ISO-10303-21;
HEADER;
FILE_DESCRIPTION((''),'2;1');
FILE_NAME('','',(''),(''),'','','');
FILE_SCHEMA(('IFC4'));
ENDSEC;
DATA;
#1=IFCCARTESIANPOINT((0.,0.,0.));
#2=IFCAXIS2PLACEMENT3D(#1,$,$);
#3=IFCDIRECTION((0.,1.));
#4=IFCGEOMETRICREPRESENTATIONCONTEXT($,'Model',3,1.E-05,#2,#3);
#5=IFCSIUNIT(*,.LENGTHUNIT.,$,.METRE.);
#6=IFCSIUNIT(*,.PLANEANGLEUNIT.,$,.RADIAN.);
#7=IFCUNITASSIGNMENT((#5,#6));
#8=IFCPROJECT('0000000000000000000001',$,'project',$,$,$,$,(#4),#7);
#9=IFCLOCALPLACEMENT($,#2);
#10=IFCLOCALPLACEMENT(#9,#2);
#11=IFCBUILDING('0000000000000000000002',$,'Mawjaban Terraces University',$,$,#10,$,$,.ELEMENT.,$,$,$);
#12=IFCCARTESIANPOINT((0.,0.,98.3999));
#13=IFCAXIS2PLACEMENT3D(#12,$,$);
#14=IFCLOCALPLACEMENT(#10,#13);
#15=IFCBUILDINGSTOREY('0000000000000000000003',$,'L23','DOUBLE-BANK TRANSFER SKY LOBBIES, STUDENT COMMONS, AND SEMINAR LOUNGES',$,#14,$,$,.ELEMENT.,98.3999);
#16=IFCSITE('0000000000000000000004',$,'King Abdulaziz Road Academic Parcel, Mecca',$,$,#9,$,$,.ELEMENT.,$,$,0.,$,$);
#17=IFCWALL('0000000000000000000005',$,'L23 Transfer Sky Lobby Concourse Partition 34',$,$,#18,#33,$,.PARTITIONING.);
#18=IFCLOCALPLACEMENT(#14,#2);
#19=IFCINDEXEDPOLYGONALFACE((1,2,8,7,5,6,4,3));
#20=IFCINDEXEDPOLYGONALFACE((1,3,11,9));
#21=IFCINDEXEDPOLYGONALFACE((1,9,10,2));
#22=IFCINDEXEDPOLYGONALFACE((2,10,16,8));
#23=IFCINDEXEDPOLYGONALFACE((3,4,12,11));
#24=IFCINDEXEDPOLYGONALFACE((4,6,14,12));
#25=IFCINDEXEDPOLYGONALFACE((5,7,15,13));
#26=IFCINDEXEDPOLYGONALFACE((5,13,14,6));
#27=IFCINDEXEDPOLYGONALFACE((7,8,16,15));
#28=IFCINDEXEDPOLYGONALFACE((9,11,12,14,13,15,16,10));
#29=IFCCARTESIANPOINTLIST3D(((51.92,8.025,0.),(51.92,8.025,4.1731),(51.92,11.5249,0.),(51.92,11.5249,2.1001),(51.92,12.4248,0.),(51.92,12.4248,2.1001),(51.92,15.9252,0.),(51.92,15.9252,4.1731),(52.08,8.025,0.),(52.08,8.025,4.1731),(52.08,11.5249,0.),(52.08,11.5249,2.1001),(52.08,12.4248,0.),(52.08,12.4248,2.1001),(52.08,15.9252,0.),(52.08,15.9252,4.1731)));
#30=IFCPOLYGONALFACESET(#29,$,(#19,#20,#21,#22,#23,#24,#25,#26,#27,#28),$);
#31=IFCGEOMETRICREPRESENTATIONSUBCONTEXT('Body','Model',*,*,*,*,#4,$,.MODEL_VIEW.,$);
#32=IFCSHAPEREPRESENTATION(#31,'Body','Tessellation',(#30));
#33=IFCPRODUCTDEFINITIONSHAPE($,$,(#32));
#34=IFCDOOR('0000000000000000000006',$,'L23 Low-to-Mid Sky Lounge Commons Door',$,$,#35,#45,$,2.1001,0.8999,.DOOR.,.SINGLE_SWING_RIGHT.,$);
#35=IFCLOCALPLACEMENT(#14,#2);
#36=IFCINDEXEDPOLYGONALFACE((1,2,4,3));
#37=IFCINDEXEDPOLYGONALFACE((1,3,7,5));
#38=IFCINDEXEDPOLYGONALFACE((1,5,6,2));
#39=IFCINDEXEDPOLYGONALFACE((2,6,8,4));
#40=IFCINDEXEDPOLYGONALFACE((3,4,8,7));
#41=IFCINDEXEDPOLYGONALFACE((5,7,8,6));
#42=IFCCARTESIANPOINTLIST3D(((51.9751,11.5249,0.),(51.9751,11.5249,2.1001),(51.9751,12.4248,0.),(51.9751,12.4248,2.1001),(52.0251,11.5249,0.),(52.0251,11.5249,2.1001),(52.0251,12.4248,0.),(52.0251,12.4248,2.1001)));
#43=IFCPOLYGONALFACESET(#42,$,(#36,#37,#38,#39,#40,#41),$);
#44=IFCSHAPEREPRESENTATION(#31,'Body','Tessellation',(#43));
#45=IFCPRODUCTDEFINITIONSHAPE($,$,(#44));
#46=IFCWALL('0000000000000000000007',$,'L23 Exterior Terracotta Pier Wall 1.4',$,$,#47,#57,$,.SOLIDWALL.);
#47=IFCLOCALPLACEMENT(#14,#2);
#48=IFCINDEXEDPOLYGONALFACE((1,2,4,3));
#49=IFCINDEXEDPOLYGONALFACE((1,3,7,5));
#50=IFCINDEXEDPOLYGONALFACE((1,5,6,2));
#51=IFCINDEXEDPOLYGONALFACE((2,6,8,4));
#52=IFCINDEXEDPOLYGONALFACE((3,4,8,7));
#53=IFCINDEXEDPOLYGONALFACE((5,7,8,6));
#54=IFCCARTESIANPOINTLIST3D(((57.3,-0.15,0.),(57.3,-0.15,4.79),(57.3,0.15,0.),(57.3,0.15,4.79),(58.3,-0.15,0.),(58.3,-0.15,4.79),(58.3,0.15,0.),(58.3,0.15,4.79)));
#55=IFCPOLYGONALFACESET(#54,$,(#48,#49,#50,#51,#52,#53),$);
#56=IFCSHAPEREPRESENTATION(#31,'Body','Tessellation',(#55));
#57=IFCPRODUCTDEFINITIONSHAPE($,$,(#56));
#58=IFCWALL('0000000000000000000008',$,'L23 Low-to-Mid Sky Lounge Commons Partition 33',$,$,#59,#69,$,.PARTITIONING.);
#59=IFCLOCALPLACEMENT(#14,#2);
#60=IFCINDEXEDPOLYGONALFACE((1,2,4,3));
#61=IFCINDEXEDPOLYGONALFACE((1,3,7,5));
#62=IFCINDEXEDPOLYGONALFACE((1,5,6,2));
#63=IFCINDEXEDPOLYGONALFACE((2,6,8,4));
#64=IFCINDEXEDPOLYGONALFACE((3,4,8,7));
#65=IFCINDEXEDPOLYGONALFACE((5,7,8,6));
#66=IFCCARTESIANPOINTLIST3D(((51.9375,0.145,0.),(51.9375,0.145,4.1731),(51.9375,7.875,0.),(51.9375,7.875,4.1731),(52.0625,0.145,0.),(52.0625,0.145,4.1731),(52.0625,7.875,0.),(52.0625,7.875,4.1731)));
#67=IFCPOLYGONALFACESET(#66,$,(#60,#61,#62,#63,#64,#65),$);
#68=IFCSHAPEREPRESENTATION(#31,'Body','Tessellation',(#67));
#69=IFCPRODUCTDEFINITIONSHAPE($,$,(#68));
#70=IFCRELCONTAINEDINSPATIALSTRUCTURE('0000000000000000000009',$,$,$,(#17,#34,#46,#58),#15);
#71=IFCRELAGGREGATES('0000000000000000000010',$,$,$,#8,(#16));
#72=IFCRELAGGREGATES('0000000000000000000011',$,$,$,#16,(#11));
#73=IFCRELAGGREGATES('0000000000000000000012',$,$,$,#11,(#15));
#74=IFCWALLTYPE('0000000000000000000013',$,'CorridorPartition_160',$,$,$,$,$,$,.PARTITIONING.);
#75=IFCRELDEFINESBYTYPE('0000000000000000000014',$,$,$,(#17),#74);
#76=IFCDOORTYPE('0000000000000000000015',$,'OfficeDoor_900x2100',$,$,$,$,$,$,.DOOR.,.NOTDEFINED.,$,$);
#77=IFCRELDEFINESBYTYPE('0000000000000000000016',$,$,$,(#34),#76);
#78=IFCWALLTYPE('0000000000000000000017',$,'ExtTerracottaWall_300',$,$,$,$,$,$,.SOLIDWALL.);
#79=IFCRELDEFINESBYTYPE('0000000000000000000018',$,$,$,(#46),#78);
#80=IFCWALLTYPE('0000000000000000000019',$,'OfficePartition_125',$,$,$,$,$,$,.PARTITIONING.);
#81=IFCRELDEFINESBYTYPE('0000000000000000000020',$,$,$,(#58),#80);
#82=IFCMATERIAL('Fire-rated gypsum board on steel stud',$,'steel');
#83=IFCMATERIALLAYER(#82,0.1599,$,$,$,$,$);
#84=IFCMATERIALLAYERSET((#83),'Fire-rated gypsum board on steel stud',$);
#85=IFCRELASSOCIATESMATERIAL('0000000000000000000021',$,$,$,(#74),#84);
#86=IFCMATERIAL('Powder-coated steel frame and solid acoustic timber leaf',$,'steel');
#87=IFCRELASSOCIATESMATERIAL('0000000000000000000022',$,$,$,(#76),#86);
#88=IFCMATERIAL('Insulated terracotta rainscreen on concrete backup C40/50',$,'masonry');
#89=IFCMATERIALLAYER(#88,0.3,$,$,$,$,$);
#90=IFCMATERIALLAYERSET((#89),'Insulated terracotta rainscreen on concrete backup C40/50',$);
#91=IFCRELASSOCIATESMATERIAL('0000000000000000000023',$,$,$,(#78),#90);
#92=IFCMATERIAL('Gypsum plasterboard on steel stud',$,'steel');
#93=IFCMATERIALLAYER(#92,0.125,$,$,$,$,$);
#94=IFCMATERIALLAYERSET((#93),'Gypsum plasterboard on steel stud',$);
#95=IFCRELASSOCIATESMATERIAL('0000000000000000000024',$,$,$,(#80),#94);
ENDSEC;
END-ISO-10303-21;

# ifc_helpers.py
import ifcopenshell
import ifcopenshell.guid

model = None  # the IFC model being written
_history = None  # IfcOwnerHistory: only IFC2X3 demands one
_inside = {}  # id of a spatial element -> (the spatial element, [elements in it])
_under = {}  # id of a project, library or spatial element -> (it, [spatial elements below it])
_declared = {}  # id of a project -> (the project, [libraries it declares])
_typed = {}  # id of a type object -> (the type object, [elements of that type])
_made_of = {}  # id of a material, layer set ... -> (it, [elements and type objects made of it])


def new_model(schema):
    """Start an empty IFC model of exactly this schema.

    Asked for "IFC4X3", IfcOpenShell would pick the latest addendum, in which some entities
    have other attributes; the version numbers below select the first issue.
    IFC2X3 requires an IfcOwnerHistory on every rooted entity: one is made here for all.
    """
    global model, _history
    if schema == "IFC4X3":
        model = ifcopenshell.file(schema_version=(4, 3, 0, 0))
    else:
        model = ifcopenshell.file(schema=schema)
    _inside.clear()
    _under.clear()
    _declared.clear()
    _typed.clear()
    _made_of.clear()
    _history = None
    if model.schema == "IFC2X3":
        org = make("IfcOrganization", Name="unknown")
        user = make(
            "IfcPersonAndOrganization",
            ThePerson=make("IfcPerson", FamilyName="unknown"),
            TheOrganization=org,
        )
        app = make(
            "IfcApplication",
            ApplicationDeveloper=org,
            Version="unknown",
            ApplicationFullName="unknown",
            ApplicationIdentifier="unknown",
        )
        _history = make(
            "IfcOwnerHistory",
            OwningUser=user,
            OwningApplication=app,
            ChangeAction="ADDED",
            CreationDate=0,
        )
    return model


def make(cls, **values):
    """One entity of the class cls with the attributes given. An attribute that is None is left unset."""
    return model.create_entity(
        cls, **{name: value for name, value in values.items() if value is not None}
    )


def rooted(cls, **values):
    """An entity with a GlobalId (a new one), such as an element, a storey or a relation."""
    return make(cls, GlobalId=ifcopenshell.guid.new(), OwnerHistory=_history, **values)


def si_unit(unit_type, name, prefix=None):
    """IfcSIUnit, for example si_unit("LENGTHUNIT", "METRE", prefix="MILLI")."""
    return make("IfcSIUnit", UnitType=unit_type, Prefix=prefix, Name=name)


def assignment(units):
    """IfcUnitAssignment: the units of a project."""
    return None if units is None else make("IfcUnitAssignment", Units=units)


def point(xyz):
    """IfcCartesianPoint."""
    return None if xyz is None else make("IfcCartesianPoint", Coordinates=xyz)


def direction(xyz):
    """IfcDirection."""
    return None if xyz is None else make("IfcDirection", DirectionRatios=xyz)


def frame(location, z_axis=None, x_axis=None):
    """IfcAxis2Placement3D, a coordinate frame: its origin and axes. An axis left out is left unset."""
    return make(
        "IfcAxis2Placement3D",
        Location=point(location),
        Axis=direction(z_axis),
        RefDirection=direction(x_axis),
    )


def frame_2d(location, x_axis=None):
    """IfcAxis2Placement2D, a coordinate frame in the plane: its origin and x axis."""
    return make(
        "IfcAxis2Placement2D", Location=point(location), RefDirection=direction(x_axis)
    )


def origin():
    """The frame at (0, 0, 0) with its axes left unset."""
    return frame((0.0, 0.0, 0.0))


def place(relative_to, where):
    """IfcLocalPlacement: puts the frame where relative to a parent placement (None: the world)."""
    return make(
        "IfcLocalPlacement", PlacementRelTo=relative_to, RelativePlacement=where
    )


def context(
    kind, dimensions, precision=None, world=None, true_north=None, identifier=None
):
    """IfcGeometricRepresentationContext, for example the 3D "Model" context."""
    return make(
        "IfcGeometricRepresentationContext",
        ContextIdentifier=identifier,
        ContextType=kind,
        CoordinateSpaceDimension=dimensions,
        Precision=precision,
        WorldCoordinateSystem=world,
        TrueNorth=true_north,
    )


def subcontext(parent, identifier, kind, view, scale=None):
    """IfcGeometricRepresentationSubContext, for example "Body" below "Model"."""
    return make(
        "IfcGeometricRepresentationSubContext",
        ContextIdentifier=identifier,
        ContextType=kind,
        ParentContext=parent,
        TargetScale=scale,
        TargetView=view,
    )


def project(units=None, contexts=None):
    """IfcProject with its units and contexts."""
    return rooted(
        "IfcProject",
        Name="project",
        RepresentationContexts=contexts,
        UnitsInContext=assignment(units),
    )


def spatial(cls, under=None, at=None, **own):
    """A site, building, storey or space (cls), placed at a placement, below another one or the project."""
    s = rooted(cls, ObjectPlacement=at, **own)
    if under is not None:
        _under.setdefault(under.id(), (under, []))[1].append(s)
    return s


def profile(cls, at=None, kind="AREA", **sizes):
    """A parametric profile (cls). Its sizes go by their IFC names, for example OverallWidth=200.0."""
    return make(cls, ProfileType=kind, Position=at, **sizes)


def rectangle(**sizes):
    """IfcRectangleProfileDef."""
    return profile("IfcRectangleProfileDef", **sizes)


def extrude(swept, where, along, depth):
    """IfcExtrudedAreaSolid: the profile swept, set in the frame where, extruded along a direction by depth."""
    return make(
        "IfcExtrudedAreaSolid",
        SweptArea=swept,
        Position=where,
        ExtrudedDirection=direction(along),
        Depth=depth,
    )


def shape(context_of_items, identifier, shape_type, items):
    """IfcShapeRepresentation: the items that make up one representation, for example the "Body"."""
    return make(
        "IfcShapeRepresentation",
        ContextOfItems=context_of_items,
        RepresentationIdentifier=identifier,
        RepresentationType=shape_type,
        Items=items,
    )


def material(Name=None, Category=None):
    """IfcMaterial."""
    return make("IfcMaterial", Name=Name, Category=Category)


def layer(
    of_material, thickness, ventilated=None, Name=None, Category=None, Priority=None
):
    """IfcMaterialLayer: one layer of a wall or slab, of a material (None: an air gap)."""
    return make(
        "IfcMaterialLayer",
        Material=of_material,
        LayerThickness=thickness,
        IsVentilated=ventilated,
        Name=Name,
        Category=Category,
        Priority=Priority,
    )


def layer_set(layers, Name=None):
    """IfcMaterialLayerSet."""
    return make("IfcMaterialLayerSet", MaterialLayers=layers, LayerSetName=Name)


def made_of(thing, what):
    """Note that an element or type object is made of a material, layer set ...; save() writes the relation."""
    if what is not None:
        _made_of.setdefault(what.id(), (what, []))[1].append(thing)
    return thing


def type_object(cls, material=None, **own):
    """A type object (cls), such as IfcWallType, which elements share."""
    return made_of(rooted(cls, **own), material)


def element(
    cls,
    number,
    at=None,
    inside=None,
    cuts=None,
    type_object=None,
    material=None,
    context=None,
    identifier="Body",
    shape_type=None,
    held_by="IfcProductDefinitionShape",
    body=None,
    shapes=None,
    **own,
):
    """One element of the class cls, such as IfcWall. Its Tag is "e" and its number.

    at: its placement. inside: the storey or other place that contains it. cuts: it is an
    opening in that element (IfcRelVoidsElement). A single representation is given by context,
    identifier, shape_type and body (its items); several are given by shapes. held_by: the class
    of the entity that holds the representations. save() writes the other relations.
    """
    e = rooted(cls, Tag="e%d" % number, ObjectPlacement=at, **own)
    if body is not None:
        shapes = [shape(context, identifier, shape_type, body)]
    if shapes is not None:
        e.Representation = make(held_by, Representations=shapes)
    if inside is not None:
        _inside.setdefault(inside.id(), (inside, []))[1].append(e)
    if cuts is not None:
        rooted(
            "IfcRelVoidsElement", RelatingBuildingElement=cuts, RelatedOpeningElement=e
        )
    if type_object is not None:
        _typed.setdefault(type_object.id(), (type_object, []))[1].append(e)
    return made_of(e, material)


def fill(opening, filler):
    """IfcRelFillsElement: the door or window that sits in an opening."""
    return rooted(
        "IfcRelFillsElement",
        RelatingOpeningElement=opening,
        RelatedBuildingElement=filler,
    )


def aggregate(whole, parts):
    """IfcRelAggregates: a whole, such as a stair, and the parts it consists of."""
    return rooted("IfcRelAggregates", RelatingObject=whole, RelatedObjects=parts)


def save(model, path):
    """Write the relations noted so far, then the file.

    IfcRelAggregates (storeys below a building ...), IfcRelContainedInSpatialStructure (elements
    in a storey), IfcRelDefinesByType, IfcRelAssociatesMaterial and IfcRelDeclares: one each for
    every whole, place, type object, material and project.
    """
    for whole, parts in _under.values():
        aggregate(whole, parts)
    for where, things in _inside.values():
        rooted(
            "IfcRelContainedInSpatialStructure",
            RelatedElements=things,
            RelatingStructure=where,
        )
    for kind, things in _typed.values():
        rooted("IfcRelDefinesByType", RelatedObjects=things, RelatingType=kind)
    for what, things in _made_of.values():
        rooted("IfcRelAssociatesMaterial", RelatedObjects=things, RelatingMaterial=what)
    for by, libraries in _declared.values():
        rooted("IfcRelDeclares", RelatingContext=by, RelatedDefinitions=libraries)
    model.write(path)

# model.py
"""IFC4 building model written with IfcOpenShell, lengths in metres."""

from ifc_helpers import new_model, si_unit, direction, frame, frame_2d, origin, place, context, subcontext, project, spatial, rectangle, extrude, material, layer, layer_set, type_object, element, fill, save


model = new_model("IFC4")

# Units and contexts
model_context = context("Model", 3, precision=1e-05, world=origin(), true_north=direction((0.0, 1.0)))
body_context = subcontext(model_context, "Body", "Model", "MODEL_VIEW")
ifc_project = project(units=[si_unit("LENGTHUNIT", "METRE"), si_unit("PLANEANGLEUNIT", "RADIAN")], contexts=[model_context])

# Site, building, storey
site_placement = place(None, origin())
site = spatial("IfcSite", under=ifc_project, at=site_placement, Name="King Abdulaziz Road Academic Parcel, Mecca", CompositionType="ELEMENT", RefElevation=0.0)
building_placement = place(site_placement, origin())
building = spatial("IfcBuilding", under=site, at=building_placement, Name="Mawjaban Terraces University", CompositionType="ELEMENT")
storey_placement = place(building_placement, frame((0.0, 0.0, 98.3999)))
storey = spatial("IfcBuildingStorey", under=building, at=storey_placement, Name="L23", Description="DOUBLE-BANK TRANSFER SKY LOBBIES, STUDENT COMMONS, AND SEMINAR LOUNGES", CompositionType="ELEMENT", Elevation=98.3999)

# Wall, opening, door
ifc_material_1 = material(Name="Fire-rated gypsum board on steel stud", Category="steel")
ifc_layer_1 = layer(ifc_material_1, 0.1599)
ifc_layer_set_1 = layer_set([ifc_layer_1], Name="Fire-rated gypsum board on steel stud")
wall_type_1 = type_object("IfcWallType", Name="CorridorPartition_160", PredefinedType="PARTITIONING", material=ifc_layer_set_1)
wall_1_placement = place(storey_placement, frame((52.0, 8.0249, 0.0), z_axis=(0.0, 0.0, 1.0), x_axis=(0.0, 1.0, 0.0)))
wall_1 = element("IfcWall", 1, at=wall_1_placement, inside=storey, type_object=wall_type_1, Name="L23 Transfer Sky Lobby Concourse Partition 34", PredefinedType="PARTITIONING", context=body_context, shape_type="SweptSolid", body=[
    extrude(rectangle(XDim=7.9001, YDim=0.1599, at=frame_2d((3.9502, 0.0))), origin(), (0.0, 0.0, 1.0), 4.1731),
])
opening_placement = place(wall_1_placement, frame((3.5, 0.0, 0.0)))
opening = element("IfcOpeningElement", 2, at=opening_placement, cuts=wall_1, PredefinedType="OPENING", context=body_context, shape_type="SweptSolid", body=[
    extrude(rectangle(XDim=0.8999, YDim=2.1001, at=frame_2d((0.45, 1.05))), frame((0.0, 0.0898, 0.0), z_axis=(0.0, -1.0, 0.0), x_axis=(1.0, 0.0, 0.0)), (0.0, 0.0, 1.0), 0.1799),
])
ifc_material_2 = material(Name="Powder-coated steel frame and solid acoustic timber leaf", Category="steel")
door_type = type_object("IfcDoorType", Name="OfficeDoor_900x2100", OperationType="NOTDEFINED", PredefinedType="DOOR", material=ifc_material_2)
door_placement = place(opening_placement, origin())
door = element("IfcDoor", 3, at=door_placement, inside=storey, type_object=door_type, Name="L23 Low-to-Mid Sky Lounge Commons Door", OperationType="SINGLE_SWING_RIGHT", OverallHeight=2.1001, OverallWidth=0.8999, PredefinedType="DOOR", context=body_context, shape_type="SweptSolid", body=[
    extrude(rectangle(XDim=0.8999, YDim=2.1001, at=frame_2d((0.45, 1.05))), frame((0.0, 0.0249, 0.0), z_axis=(0.0, -1.0, 0.0), x_axis=(1.0, 0.0, 0.0)), (0.0, 0.0, 1.0), 0.05),
])
fill(opening, door)

# Walls
ifc_material_3 = material(Name="Insulated terracotta rainscreen on concrete backup C40/50", Category="masonry")
ifc_layer_2 = layer(ifc_material_3, 0.3)
ifc_layer_set_2 = layer_set([ifc_layer_2], Name="Insulated terracotta rainscreen on concrete backup C40/50")
wall_type_2 = type_object("IfcWallType", Name="ExtTerracottaWall_300", PredefinedType="SOLIDWALL", material=ifc_layer_set_2)
wall_2_placement = place(storey_placement, frame((57.3, 0.0, 0.0), z_axis=(0.0, 0.0, 1.0), x_axis=(1.0, 0.0, 0.0)))
element("IfcWall", 4, at=wall_2_placement, inside=storey, type_object=wall_type_2, Name="L23 Exterior Terracotta Pier Wall 1.4", PredefinedType="SOLIDWALL", context=body_context, shape_type="SweptSolid", body=[
    extrude(rectangle(XDim=1.0, YDim=0.3, at=frame_2d((0.5, 0.0))), origin(), (0.0, 0.0, 1.0), 4.79),
])
ifc_material_4 = material(Name="Gypsum plasterboard on steel stud", Category="steel")
ifc_layer_3 = layer(ifc_material_4, 0.125)
ifc_layer_set_3 = layer_set([ifc_layer_3], Name="Gypsum plasterboard on steel stud")
wall_type_3 = type_object("IfcWallType", Name="OfficePartition_125", PredefinedType="PARTITIONING", material=ifc_layer_set_3)
wall_3_placement = place(storey_placement, frame((52.0, 7.875, 0.0), z_axis=(0.0, 0.0, 1.0), x_axis=(0.0, -1.0, 0.0)))
element("IfcWall", 5, at=wall_3_placement, inside=storey, type_object=wall_type_3, Name="L23 Low-to-Mid Sky Lounge Commons Partition 33", PredefinedType="PARTITIONING", context=body_context, shape_type="SweptSolid", body=[
    extrude(rectangle(XDim=7.73, YDim=0.125, at=frame_2d((3.865, 0.0))), origin(), (0.0, 0.0, 1.0), 4.1731),
])

save(model, "model.ifc")
